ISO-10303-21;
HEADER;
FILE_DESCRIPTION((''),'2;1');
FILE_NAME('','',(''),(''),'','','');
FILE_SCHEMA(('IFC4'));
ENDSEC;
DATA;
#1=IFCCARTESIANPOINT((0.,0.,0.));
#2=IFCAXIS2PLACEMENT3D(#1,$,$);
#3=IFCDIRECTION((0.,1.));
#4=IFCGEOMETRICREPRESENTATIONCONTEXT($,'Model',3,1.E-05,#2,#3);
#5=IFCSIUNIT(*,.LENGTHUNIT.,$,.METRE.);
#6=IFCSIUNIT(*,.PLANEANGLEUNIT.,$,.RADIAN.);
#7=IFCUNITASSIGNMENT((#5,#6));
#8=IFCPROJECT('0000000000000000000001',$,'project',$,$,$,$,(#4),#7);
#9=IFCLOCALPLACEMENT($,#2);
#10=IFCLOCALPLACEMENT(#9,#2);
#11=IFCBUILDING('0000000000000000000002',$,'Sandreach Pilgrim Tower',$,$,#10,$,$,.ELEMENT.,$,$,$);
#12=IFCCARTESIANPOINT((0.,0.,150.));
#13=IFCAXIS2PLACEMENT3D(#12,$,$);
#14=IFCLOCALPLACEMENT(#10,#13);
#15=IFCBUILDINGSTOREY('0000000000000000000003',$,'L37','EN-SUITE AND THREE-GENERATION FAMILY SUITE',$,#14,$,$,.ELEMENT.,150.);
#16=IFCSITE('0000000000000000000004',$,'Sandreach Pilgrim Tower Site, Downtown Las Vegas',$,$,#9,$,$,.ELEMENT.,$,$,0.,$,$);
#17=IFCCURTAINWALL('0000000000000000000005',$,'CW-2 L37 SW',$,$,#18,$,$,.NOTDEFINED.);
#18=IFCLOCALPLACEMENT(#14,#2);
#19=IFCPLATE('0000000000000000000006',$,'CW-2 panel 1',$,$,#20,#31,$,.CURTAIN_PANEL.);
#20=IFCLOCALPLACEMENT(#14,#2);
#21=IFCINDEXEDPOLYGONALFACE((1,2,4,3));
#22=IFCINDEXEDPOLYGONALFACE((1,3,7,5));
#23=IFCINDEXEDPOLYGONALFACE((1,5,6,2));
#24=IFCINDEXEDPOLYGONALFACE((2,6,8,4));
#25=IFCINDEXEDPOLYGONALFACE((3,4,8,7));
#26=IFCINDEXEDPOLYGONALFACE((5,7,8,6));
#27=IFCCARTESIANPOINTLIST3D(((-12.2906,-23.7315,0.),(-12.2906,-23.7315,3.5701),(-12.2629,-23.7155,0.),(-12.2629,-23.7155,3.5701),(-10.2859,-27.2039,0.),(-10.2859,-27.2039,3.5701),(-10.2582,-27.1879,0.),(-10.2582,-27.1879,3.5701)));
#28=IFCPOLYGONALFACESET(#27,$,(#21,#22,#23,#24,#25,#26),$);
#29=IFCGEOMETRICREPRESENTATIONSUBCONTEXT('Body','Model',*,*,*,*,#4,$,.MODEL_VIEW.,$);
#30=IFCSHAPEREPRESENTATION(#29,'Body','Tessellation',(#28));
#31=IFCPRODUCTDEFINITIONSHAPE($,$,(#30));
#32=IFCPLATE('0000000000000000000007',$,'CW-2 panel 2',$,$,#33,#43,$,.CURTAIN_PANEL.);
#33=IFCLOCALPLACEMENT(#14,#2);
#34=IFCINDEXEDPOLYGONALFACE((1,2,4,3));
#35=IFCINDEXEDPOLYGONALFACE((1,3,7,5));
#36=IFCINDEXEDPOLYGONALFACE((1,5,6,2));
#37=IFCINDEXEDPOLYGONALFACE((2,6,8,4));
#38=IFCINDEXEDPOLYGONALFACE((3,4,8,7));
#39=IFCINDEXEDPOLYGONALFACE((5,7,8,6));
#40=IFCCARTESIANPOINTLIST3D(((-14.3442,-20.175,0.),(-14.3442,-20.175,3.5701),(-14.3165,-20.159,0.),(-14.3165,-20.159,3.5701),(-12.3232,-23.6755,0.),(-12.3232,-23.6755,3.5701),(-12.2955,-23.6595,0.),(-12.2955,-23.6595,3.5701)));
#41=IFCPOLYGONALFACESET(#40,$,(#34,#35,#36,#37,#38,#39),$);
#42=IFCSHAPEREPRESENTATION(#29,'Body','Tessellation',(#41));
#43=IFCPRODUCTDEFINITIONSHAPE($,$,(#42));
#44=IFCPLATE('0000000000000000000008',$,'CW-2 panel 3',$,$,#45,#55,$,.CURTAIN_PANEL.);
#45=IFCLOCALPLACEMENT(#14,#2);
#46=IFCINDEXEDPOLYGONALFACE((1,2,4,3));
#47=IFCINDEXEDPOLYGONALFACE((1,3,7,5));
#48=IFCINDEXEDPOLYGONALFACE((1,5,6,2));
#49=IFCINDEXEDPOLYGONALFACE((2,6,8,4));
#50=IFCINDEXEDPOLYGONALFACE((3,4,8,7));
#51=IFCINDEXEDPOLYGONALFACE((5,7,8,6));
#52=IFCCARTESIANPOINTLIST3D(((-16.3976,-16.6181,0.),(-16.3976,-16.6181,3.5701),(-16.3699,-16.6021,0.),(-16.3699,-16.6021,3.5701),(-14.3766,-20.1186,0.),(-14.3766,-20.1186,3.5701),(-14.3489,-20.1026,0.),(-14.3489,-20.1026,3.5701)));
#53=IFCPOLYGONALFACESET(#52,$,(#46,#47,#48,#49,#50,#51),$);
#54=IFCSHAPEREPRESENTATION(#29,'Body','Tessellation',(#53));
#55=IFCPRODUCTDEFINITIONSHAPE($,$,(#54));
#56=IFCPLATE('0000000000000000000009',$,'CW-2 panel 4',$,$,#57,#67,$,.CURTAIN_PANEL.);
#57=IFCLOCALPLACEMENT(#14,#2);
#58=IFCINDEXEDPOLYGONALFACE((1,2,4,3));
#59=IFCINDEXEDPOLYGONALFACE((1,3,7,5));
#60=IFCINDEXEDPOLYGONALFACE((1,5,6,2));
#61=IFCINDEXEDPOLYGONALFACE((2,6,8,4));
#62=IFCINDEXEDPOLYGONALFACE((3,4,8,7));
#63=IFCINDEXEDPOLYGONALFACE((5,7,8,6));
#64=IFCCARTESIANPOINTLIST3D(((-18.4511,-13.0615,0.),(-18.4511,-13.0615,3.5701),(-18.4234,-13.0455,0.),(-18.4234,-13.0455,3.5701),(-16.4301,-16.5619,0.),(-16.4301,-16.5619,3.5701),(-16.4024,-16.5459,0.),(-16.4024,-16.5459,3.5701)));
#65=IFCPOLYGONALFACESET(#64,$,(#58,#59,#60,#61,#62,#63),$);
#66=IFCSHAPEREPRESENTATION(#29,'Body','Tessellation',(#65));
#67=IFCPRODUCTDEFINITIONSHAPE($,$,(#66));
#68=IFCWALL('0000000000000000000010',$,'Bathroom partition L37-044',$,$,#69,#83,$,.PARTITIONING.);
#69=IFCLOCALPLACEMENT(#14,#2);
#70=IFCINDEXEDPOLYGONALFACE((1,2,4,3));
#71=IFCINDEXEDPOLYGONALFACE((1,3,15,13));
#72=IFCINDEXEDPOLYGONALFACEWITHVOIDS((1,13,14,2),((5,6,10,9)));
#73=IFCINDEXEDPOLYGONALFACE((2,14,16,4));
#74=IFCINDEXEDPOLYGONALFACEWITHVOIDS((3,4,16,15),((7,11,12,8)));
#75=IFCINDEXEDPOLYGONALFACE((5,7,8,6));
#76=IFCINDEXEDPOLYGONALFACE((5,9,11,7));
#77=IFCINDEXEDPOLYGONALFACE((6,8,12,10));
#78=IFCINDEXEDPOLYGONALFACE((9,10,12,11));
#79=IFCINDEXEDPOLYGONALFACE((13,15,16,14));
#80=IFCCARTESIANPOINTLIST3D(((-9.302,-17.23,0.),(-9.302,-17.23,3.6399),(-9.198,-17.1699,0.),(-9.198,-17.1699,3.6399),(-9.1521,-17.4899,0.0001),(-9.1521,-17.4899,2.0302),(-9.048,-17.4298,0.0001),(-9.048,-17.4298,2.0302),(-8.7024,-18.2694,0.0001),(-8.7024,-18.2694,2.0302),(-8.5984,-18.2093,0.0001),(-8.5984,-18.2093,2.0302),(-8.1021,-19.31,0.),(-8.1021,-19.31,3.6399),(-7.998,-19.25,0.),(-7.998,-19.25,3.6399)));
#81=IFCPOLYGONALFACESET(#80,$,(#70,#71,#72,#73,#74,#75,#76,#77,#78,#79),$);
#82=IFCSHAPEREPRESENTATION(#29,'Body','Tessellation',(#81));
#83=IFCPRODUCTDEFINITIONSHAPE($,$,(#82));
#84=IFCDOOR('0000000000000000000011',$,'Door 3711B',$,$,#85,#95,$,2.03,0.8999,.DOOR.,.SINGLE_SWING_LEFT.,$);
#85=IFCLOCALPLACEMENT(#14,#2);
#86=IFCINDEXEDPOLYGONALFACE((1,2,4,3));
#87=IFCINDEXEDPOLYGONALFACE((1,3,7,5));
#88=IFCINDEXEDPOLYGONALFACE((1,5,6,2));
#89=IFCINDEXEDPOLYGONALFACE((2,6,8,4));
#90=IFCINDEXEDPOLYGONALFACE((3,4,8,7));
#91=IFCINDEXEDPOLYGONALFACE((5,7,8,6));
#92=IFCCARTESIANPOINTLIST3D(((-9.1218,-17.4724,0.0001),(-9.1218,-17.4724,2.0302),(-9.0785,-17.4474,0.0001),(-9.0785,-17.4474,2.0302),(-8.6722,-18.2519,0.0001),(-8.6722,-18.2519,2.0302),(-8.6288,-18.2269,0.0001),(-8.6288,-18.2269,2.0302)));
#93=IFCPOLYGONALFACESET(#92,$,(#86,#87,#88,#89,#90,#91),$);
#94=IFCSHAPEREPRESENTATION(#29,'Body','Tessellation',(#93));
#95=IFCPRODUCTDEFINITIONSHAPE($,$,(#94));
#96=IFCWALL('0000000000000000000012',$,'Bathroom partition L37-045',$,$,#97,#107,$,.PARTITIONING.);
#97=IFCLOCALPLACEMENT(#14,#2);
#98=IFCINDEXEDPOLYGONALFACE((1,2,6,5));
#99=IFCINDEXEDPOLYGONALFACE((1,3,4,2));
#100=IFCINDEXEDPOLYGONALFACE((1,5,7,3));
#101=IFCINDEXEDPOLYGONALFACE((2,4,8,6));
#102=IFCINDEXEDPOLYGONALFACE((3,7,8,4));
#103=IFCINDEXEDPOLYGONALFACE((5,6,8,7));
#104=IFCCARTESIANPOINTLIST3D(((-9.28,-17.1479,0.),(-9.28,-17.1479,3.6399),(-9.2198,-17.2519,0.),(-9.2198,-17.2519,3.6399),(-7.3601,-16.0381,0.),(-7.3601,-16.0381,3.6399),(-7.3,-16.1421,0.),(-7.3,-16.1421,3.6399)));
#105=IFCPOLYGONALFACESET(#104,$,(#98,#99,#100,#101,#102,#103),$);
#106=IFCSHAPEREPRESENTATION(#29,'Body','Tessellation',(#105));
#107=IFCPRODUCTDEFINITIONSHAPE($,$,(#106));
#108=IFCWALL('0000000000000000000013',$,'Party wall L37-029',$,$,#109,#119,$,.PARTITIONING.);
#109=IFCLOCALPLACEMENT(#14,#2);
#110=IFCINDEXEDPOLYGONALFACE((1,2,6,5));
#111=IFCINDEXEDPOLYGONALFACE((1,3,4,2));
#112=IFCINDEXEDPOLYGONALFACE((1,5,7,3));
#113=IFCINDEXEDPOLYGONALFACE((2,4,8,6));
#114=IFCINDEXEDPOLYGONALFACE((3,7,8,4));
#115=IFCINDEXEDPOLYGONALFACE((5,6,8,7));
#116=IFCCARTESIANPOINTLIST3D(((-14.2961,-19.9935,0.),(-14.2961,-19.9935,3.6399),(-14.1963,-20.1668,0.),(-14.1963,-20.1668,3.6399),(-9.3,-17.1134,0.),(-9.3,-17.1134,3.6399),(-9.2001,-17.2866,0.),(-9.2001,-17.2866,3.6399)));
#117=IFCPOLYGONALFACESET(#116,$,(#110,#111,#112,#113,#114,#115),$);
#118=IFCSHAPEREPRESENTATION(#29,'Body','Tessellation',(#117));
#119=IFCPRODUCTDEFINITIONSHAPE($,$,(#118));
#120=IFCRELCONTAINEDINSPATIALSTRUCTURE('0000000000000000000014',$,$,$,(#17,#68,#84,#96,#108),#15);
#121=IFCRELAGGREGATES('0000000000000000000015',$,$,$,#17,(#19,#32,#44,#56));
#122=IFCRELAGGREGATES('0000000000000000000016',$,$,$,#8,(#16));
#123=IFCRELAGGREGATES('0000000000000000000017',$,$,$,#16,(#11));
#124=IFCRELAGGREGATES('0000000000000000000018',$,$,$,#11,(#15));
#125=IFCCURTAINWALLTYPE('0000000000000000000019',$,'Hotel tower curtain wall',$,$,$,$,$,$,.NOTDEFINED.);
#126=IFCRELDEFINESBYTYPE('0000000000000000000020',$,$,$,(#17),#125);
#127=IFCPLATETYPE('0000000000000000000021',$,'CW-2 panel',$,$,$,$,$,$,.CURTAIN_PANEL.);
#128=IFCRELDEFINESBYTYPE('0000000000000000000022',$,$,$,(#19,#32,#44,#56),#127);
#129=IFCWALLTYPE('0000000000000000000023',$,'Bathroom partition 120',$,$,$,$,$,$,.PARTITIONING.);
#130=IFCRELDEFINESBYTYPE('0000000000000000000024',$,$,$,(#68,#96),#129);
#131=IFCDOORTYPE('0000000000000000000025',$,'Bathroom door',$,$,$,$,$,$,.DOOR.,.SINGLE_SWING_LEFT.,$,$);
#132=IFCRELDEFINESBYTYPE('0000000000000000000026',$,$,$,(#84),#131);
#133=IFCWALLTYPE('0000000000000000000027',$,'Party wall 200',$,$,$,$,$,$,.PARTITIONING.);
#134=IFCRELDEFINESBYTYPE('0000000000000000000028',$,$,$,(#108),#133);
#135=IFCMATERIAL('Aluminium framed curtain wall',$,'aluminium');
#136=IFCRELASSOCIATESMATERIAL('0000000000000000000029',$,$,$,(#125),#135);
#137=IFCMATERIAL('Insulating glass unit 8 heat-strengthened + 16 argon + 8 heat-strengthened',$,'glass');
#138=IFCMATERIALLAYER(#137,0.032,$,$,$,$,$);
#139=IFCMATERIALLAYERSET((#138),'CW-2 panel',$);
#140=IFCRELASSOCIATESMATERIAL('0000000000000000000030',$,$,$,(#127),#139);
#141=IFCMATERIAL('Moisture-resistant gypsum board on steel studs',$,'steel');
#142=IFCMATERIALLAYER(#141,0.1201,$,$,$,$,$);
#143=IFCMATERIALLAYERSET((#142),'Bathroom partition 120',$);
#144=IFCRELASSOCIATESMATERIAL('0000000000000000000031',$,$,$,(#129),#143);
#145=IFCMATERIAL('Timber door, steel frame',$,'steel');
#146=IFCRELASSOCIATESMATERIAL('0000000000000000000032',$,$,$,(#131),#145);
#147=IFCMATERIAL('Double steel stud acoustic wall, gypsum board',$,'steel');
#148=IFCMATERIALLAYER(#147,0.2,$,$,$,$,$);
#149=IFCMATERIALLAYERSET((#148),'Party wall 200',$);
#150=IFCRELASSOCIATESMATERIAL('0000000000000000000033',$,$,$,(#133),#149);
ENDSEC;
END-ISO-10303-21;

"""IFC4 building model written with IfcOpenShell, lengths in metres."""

from ifc_helpers import new_model, si_unit, direction, frame, frame_2d, origin, origin_2d, place, context, subcontext, project, spatial, rectangle, extrude, material, layer, layer_set, type_object, element, fill, aggregate, save


model = new_model("IFC4")

# Units and contexts
model_context = context("Model", 3, precision=1e-05, world=origin(), true_north=direction((0.0, 1.0)))
body_context = subcontext(model_context, "Body", "Model", "MODEL_VIEW")
ifc_project = project(units=[si_unit("LENGTHUNIT", "METRE"), si_unit("PLANEANGLEUNIT", "RADIAN")], contexts=[model_context])

# Site, building, storey
site_placement = place(None, origin())
site = spatial("IfcSite", under=ifc_project, at=site_placement, Name="Sandreach Pilgrim Tower Site, Downtown Las Vegas", CompositionType="ELEMENT", RefElevation=0.0)
building_placement = place(site_placement, origin())
building = spatial("IfcBuilding", under=site, at=building_placement, Name="Sandreach Pilgrim Tower", CompositionType="ELEMENT")
storey_placement = place(building_placement, frame((0.0, 0.0, 150.0)))
storey = spatial("IfcBuildingStorey", under=building, at=storey_placement, Name="L37", Description="EN-SUITE AND THREE-GENERATION FAMILY SUITE", CompositionType="ELEMENT", Elevation=150.0)

# Curtain wall
ifc_material_1 = material(Name="Aluminium framed curtain wall", Category="aluminium")
curtain_wall_type = type_object("IfcCurtainWallType", Name="Hotel tower curtain wall", PredefinedType="NOTDEFINED", material=ifc_material_1)
curtain_wall_placement = place(storey_placement, origin())
curtain_wall = element("IfcCurtainWall", 1, at=curtain_wall_placement, inside=storey, type_object=curtain_wall_type, Name="CW-2 L37 SW", PredefinedType="NOTDEFINED")

# Plates
ifc_material_2 = material(Name="Insulating glass unit 8 heat-strengthened + 16 argon + 8 heat-strengthened", Category="glass")
ifc_layer_1 = layer(ifc_material_2, 0.032)
ifc_layer_set_1 = layer_set([ifc_layer_1], Name="CW-2 panel")
plate_type = type_object("IfcPlateType", Name="CW-2 panel", PredefinedType="CURTAIN_PANEL", material=ifc_layer_set_1)
plate_1_placement = place(storey_placement, frame((-11.2744, -25.4597, 0.0), z_axis=(0.0, 0.0, 1.0), x_axis=(-0.5, 0.866025, 0.0)))
plate_1 = element("IfcPlate", 2, at=plate_1_placement, type_object=plate_type, Name="CW-2 panel 1", PredefinedType="CURTAIN_PANEL", context=body_context, shape_type="SweptSolid", body=[
    extrude(rectangle(XDim=4.0095, YDim=0.032, at=origin_2d()), origin(), (0.0, 0.0, 1.0), 3.5701),
])
plate_2_placement = place(storey_placement, frame((-13.3198, -21.9172, 0.0), z_axis=(0.0, 0.0, 1.0), x_axis=(-0.5, 0.866025, 0.0)))
plate_2 = element("IfcPlate", 3, at=plate_2_placement, type_object=plate_type, Name="CW-2 panel 2", PredefinedType="CURTAIN_PANEL", context=body_context, shape_type="SweptSolid", body=[
    extrude(rectangle(XDim=4.042, YDim=0.032, at=origin_2d()), origin(), (0.0, 0.0, 1.0), 3.5701),
])
plate_3_placement = place(storey_placement, frame((-15.3733, -18.3604, 0.0), z_axis=(0.0, 0.0, 1.0), x_axis=(-0.5, 0.866025, 0.0)))
plate_3 = element("IfcPlate", 4, at=plate_3_placement, type_object=plate_type, Name="CW-2 panel 3", PredefinedType="CURTAIN_PANEL", context=body_context, shape_type="SweptSolid", body=[
    extrude(rectangle(XDim=4.042, YDim=0.032, at=origin_2d()), origin(), (0.0, 0.0, 1.0), 3.5701),
])
plate_4_placement = place(storey_placement, frame((-17.4268, -14.8037, 0.0), z_axis=(0.0, 0.0, 1.0), x_axis=(-0.5, 0.866025, 0.0)))
plate_4 = element("IfcPlate", 5, at=plate_4_placement, type_object=plate_type, Name="CW-2 panel 4", PredefinedType="CURTAIN_PANEL", context=body_context, shape_type="SweptSolid", body=[
    extrude(rectangle(XDim=4.042, YDim=0.032, at=origin_2d()), origin(), (0.0, 0.0, 1.0), 3.5701),
])
aggregate(curtain_wall, [plate_1, plate_2, plate_3, plate_4])

# Wall, opening, door
ifc_material_3 = material(Name="Moisture-resistant gypsum board on steel studs", Category="steel")
ifc_layer_2 = layer(ifc_material_3, 0.1201)
ifc_layer_set_2 = layer_set([ifc_layer_2], Name="Bathroom partition 120")
wall_type_1 = type_object("IfcWallType", Name="Bathroom partition 120", PredefinedType="PARTITIONING", material=ifc_layer_set_2)
wall_1_placement = place(storey_placement, frame((-9.25, -17.2, 0.0), z_axis=(0.0, 0.0, 1.0), x_axis=(0.499693, -0.866203, 0.0)))
wall_1 = element("IfcWall", 6, at=wall_1_placement, inside=storey, type_object=wall_type_1, Name="Bathroom partition L37-044", PredefinedType="PARTITIONING", context=body_context, shape_type="SweptSolid", body=[
    extrude(rectangle(XDim=2.4014, YDim=0.1201, at=frame_2d((1.2007, 0.0))), origin(), (0.0, 0.0, 1.0), 3.6399),
])
opening_placement = place(wall_1_placement, frame((0.3, 0.0, 0.0)))
opening = element("IfcOpeningElement", 7, at=opening_placement, cuts=wall_1, PredefinedType="OPENING", context=body_context, shape_type="SweptSolid", body=[
    extrude(rectangle(XDim=0.8999, YDim=2.03, at=frame_2d((0.45, 1.0151))), frame((0.0, 0.0601, 0.0), z_axis=(0.0, -1.0, 0.0), x_axis=(1.0, 0.0, 0.0)), (0.0, 0.0, 1.0), 0.1201),
])
ifc_material_4 = material(Name="Timber door, steel frame", Category="steel")
door_type = type_object("IfcDoorType", Name="Bathroom door", OperationType="SINGLE_SWING_LEFT", PredefinedType="DOOR", material=ifc_material_4)
door_placement = place(opening_placement, origin())
door = element("IfcDoor", 8, at=door_placement, inside=storey, type_object=door_type, Name="Door 3711B", OperationType="SINGLE_SWING_LEFT", OverallHeight=2.03, OverallWidth=0.8999, PredefinedType="DOOR", context=body_context, shape_type="SweptSolid", body=[
    extrude(rectangle(XDim=0.8999, YDim=2.03, at=frame_2d((0.45, 1.0151))), frame((0.0, 0.0249, 0.0), z_axis=(0.0, -1.0, 0.0), x_axis=(1.0, 0.0, 0.0)), (0.0, 0.0, 1.0), 0.05),
])
fill(opening, door)

# Walls
wall_2_placement = place(storey_placement, frame((-9.25, -17.2, 0.0), z_axis=(0.0, 0.0, 1.0), x_axis=(0.865753, 0.500472, 0.0)))
element("IfcWall", 9, at=wall_2_placement, inside=storey, type_object=wall_type_1, Name="Bathroom partition L37-045", PredefinedType="PARTITIONING", context=body_context, shape_type="SweptSolid", body=[
    extrude(rectangle(XDim=2.2175, YDim=0.1201, at=frame_2d((1.1089, 0.0))), origin(), (0.0, 0.0, 1.0), 3.6399),
])
ifc_material_5 = material(Name="Double steel stud acoustic wall, gypsum board", Category="steel")
ifc_layer_3 = layer(ifc_material_5, 0.2)
ifc_layer_set_3 = layer_set([ifc_layer_3], Name="Party wall 200")
wall_type_2 = type_object("IfcWallType", Name="Party wall 200", PredefinedType="PARTITIONING", material=ifc_layer_set_3)
wall_3_placement = place(storey_placement, frame((-14.2461, -20.0801, 0.0), z_axis=(0.0, 0.0, 1.0), x_axis=(0.866353, 0.499432, 0.0)))
element("IfcWall", 10, at=wall_3_placement, inside=storey, type_object=wall_type_2, Name="Party wall L37-029", PredefinedType="PARTITIONING", context=body_context, shape_type="SweptSolid", body=[
    extrude(rectangle(XDim=5.7668, YDim=0.2, at=frame_2d((2.8833, 0.0))), origin(), (0.0, 0.0, 1.0), 3.6399),
])

save(model, "model.ifc")
